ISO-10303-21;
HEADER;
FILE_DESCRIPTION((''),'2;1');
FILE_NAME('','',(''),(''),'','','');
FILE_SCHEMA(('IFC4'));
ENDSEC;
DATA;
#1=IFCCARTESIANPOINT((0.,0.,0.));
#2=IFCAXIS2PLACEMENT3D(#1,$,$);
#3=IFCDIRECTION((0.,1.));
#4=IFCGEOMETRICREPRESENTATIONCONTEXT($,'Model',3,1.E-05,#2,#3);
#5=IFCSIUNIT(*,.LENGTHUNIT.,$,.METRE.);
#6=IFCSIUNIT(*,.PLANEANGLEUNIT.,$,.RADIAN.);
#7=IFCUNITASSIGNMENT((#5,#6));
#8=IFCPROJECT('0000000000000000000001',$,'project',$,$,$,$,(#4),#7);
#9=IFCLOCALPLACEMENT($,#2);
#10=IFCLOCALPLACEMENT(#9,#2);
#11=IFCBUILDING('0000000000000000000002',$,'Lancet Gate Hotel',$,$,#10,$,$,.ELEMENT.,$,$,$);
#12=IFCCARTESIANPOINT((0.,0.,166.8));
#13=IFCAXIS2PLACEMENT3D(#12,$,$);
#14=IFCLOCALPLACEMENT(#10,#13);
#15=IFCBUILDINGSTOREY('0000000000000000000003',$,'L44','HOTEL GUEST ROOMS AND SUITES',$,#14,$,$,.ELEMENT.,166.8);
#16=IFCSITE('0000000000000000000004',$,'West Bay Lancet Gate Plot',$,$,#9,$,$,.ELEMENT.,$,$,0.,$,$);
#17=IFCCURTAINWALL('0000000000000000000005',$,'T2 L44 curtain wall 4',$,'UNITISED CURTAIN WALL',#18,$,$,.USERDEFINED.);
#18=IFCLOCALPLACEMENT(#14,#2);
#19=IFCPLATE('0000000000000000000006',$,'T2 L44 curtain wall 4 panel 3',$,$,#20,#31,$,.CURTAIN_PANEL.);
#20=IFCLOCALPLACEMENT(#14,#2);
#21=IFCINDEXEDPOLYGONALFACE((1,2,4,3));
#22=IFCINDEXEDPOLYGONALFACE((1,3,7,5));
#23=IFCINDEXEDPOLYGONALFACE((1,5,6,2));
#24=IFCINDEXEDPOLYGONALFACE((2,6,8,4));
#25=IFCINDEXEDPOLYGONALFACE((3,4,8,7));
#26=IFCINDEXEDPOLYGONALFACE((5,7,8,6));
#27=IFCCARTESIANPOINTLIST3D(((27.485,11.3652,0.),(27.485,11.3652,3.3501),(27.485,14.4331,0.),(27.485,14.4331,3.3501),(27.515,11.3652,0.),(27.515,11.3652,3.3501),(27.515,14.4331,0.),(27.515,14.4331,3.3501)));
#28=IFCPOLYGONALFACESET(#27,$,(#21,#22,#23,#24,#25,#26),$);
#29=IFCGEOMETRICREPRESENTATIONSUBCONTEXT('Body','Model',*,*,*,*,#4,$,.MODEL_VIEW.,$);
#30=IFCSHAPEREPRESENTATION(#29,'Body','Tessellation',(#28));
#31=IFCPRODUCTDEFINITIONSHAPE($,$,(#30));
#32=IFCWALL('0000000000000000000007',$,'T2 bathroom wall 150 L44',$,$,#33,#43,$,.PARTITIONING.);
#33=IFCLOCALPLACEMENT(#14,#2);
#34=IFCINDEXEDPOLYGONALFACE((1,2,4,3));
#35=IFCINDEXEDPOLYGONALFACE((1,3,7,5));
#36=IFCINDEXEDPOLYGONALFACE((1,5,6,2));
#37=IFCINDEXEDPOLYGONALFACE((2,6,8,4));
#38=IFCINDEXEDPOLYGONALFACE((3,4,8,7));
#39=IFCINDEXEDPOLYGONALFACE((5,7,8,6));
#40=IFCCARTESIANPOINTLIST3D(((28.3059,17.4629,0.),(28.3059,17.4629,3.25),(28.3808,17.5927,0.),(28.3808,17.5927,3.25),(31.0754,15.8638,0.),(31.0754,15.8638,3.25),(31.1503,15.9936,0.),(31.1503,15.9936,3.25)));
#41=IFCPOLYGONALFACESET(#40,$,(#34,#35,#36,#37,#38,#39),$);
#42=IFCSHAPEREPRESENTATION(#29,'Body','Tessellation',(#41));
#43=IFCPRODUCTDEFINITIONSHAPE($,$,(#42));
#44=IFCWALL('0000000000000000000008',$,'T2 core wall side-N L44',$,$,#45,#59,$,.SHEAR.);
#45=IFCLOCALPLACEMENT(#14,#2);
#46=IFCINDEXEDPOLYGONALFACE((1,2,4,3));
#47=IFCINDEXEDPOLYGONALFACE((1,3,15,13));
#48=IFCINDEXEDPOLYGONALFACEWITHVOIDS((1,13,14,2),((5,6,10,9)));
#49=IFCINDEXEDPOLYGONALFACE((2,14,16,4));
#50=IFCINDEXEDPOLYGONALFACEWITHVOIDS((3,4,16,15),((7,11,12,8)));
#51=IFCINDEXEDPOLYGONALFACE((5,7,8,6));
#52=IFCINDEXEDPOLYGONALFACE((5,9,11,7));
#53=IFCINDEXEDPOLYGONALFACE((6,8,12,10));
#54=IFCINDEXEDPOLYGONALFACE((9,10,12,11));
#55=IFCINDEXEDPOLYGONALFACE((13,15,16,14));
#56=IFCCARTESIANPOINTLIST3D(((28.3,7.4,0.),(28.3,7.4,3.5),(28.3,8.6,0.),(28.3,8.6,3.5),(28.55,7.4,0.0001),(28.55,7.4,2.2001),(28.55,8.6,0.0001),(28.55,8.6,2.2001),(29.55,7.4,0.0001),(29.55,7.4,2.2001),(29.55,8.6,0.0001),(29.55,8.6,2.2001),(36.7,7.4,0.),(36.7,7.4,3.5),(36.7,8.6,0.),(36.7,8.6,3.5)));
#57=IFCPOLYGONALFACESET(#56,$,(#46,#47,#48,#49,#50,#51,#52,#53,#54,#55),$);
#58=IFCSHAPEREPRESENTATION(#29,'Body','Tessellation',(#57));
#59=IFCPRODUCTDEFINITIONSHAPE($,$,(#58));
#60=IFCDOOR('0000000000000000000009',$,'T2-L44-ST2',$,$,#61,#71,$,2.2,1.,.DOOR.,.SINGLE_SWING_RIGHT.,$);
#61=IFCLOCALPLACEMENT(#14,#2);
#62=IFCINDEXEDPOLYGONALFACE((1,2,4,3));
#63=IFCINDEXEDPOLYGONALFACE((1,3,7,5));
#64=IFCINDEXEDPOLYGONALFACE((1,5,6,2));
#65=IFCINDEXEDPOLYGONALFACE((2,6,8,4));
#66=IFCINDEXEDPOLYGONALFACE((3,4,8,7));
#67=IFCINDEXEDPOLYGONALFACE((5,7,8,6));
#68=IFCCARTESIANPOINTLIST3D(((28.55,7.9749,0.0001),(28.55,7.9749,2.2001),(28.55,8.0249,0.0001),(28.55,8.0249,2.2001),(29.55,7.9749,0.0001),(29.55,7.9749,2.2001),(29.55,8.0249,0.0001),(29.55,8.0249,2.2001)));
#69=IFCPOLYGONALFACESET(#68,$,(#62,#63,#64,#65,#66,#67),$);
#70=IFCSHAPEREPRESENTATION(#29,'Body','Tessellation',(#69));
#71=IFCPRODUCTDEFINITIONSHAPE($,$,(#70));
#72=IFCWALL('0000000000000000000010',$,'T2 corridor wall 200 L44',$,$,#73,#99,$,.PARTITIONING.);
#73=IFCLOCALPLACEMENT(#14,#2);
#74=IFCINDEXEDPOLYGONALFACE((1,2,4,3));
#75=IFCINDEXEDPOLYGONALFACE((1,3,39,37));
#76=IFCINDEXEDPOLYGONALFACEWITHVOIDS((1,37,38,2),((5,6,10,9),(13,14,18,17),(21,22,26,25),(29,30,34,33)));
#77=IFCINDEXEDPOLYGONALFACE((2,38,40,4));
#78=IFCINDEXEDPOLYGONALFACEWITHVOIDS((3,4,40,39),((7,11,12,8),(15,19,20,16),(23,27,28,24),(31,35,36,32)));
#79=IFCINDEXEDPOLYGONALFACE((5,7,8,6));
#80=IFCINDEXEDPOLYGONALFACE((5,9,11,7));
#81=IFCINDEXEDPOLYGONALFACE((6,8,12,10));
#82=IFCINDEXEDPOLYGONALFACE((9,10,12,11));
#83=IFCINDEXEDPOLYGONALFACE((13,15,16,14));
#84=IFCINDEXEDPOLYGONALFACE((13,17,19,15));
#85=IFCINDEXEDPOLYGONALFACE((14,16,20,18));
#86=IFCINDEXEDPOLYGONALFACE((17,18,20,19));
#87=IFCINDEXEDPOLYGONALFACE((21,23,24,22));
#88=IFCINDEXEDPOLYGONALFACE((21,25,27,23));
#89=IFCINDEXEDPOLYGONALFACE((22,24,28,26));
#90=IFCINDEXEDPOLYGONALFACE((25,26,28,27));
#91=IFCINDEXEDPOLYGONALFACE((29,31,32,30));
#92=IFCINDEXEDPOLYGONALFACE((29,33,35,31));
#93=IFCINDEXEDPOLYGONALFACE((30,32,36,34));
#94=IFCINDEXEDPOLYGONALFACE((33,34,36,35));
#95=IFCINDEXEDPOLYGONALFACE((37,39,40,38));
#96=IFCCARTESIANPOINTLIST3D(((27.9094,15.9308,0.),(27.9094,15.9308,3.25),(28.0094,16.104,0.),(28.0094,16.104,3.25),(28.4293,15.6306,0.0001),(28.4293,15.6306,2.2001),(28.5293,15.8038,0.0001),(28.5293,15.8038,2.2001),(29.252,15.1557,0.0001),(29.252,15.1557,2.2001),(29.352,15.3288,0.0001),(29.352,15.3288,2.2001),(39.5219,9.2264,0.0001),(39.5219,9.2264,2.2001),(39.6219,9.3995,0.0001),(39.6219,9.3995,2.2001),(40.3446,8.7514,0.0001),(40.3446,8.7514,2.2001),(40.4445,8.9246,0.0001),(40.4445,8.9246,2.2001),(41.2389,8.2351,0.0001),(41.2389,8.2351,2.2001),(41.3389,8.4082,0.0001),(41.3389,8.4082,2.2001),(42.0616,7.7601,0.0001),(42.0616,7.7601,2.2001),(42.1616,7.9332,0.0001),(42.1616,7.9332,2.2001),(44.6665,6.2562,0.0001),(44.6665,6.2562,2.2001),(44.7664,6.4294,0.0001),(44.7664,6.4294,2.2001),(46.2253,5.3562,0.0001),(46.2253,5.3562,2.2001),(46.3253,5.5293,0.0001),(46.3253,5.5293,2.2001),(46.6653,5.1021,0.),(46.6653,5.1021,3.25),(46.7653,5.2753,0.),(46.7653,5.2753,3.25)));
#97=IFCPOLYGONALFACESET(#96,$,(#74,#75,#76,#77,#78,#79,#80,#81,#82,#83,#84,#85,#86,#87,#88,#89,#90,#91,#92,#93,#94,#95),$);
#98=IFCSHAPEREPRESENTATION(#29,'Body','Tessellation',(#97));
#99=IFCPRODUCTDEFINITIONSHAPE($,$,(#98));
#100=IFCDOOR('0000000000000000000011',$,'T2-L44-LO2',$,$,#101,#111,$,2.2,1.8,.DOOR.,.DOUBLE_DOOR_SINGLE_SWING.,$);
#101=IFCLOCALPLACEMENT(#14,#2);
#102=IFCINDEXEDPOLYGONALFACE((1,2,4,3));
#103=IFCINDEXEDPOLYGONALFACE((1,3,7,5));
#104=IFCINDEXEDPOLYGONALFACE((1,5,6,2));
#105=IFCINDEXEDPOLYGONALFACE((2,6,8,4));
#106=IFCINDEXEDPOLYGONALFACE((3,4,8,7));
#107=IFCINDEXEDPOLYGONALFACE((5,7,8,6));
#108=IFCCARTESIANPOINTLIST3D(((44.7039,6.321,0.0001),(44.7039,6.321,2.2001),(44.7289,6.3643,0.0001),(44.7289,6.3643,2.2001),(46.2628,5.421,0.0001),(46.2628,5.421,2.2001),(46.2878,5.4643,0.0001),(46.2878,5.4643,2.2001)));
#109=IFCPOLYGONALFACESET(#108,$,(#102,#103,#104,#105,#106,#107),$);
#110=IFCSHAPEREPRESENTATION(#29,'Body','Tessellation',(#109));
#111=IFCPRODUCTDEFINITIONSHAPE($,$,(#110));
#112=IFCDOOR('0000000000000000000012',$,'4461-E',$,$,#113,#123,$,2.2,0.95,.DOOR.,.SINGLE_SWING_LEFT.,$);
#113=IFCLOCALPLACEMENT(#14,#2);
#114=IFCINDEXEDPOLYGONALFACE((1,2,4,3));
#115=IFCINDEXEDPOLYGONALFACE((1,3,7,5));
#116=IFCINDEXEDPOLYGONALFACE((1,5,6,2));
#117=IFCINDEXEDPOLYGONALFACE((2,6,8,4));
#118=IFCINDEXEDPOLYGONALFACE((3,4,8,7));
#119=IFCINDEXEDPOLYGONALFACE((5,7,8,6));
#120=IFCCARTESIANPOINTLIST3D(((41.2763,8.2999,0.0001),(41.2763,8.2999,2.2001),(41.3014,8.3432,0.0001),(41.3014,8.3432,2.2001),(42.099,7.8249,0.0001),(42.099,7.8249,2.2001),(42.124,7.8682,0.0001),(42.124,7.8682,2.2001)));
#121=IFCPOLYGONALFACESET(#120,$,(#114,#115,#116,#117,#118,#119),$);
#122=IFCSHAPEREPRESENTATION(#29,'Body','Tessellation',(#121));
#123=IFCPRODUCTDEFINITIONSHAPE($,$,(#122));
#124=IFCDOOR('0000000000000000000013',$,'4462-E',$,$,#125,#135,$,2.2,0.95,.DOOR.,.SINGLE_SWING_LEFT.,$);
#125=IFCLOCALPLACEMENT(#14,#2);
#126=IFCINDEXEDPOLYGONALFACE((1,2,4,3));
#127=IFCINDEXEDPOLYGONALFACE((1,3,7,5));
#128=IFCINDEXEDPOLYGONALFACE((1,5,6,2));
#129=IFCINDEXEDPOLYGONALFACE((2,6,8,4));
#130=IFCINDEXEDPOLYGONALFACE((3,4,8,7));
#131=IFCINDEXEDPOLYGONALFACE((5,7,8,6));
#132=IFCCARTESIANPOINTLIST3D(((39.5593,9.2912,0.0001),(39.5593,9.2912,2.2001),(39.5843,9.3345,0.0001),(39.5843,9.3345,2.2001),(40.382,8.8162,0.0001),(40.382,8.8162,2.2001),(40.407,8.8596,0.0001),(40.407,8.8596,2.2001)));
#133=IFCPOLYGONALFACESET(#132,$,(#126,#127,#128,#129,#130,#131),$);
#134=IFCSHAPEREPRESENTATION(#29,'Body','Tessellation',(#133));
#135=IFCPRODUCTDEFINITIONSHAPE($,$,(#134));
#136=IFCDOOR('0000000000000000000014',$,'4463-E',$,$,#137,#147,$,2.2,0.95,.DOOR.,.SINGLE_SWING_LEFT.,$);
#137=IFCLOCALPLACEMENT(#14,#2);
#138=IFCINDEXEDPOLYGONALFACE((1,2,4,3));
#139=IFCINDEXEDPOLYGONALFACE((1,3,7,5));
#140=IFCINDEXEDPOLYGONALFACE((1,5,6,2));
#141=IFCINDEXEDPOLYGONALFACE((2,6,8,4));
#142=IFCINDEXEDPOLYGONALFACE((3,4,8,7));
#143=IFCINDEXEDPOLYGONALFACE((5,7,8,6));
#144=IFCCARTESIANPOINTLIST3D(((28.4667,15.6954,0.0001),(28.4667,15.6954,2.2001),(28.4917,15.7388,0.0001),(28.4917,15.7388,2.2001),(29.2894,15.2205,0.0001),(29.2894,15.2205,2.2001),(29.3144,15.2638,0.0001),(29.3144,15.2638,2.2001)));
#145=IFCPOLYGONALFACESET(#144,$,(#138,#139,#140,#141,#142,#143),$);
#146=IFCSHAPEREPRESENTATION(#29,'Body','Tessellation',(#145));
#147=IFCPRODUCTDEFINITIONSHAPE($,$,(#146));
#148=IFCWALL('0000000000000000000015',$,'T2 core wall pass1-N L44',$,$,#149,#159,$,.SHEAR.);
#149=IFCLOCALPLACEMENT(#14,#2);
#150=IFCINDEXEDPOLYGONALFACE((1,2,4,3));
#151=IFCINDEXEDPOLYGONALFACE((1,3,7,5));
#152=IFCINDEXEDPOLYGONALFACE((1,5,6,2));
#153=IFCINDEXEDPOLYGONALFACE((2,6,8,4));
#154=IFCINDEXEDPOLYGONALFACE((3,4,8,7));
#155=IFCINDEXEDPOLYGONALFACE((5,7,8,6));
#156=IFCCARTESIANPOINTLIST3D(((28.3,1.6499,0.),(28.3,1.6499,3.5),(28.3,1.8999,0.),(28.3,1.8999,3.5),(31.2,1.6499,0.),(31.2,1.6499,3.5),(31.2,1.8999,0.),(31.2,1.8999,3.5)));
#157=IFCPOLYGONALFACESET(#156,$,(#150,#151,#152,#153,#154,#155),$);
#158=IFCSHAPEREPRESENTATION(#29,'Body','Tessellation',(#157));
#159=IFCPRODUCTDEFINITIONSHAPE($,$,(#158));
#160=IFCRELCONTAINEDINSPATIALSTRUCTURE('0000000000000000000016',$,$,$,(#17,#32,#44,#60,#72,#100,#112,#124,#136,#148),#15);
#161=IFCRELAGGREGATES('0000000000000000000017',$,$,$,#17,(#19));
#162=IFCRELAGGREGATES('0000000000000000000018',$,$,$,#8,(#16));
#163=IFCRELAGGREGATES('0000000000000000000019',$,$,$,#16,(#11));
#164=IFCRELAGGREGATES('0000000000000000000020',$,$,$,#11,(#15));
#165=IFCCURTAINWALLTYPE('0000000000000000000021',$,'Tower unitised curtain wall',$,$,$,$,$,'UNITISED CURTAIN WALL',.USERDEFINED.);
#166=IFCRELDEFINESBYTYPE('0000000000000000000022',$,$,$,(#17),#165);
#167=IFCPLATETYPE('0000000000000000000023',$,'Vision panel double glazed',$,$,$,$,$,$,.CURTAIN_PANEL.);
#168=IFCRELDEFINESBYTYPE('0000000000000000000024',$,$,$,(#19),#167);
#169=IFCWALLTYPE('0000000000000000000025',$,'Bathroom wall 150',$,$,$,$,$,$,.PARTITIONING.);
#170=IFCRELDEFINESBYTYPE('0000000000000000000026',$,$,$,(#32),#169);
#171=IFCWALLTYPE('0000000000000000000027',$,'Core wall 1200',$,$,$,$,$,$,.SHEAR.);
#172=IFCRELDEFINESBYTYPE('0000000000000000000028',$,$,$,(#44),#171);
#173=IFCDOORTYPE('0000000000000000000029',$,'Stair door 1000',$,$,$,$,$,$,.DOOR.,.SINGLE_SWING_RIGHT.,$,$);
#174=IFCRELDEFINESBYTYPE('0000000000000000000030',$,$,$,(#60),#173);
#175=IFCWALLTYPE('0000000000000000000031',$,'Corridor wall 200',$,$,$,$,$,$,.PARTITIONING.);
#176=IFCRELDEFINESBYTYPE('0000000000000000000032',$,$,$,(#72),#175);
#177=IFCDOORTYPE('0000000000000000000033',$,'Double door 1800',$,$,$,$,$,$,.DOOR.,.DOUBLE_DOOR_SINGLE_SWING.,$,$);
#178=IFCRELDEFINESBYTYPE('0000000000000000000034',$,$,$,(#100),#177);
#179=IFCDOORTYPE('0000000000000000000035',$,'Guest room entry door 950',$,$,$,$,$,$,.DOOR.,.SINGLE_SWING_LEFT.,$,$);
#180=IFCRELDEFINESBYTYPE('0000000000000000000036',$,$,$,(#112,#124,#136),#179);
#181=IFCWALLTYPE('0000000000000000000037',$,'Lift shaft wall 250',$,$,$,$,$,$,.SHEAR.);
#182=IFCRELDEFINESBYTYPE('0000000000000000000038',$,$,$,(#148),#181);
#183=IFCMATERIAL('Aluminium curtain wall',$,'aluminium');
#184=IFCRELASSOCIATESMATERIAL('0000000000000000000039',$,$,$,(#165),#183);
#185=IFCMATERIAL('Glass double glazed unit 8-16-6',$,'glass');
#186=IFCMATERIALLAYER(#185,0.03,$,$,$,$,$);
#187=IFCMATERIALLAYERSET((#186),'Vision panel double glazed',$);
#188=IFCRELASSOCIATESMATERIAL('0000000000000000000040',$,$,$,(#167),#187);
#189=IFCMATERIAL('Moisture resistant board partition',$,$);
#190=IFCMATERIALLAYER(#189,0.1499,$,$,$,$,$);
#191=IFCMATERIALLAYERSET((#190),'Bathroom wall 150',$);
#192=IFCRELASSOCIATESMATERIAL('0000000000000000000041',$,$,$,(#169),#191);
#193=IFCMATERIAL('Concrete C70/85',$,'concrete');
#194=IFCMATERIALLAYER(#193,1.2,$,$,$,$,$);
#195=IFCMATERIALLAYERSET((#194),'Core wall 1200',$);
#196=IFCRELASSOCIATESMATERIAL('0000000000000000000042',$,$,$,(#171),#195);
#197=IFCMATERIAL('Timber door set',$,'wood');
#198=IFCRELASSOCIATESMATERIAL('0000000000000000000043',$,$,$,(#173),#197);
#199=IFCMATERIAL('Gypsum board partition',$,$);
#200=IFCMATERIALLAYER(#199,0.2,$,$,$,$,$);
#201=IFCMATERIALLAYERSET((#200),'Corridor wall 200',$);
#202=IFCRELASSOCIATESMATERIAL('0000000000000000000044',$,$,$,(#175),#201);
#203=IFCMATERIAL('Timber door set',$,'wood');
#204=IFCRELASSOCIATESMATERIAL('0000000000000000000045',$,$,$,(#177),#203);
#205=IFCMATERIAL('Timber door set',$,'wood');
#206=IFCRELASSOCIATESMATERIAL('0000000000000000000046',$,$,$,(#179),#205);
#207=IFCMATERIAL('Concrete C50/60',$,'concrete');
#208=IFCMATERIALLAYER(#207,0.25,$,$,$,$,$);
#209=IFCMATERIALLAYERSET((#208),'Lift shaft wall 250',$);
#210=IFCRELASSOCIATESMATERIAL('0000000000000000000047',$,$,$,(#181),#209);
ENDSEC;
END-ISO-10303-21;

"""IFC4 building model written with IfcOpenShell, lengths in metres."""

from ifc_helpers import new_model, si_unit, direction, frame, frame_2d, origin, origin_2d, place, context, subcontext, project, spatial, rectangle, extrude, material, layer, layer_set, type_object, element, fill, aggregate, save


model = new_model("IFC4")

# Units and contexts
model_context = context("Model", 3, precision=1e-05, world=origin(), true_north=direction((0.0, 1.0)))
body_context = subcontext(model_context, "Body", "Model", "MODEL_VIEW")
ifc_project = project(units=[si_unit("LENGTHUNIT", "METRE"), si_unit("PLANEANGLEUNIT", "RADIAN")], contexts=[model_context])

# Site, building, storey
site_placement = place(None, origin())
site = spatial("IfcSite", under=ifc_project, at=site_placement, Name="West Bay Lancet Gate Plot", CompositionType="ELEMENT", RefElevation=0.0)
building_placement = place(site_placement, origin())
building = spatial("IfcBuilding", under=site, at=building_placement, Name="Lancet Gate Hotel", CompositionType="ELEMENT")
storey_placement = place(building_placement, frame((0.0, 0.0, 166.8)))
storey = spatial("IfcBuildingStorey", under=building, at=storey_placement, Name="L44", Description="HOTEL GUEST ROOMS AND SUITES", CompositionType="ELEMENT", Elevation=166.8)

# Curtain wall
ifc_material_1 = material(Name="Aluminium curtain wall", Category="aluminium")
curtain_wall_type = type_object("IfcCurtainWallType", Name="Tower unitised curtain wall", ElementType="UNITISED CURTAIN WALL", PredefinedType="USERDEFINED", material=ifc_material_1)
curtain_wall_placement = place(storey_placement, origin())
curtain_wall = element("IfcCurtainWall", 1, at=curtain_wall_placement, inside=storey, type_object=curtain_wall_type, Name="T2 L44 curtain wall 4", ObjectType="UNITISED CURTAIN WALL", PredefinedType="USERDEFINED")

# Plate
ifc_material_2 = material(Name="Glass double glazed unit 8-16-6", Category="glass")
ifc_layer_1 = layer(ifc_material_2, 0.03)
ifc_layer_set_1 = layer_set([ifc_layer_1], Name="Vision panel double glazed")
plate_type = type_object("IfcPlateType", Name="Vision panel double glazed", PredefinedType="CURTAIN_PANEL", material=ifc_layer_set_1)
plate_1_placement = place(storey_placement, frame((27.5, 12.8992, 0.0), z_axis=(0.0, 0.0, 1.0), x_axis=(0.0, -1.0, 0.0)))
plate_1 = element("IfcPlate", 2, at=plate_1_placement, type_object=plate_type, Name="T2 L44 curtain wall 4 panel 3", PredefinedType="CURTAIN_PANEL", context=body_context, shape_type="SweptSolid", body=[
    extrude(rectangle(XDim=3.0679, YDim=0.03, at=origin_2d()), origin(), (0.0, 0.0, 1.0), 3.3501),
])
aggregate(curtain_wall, [plate_1])

# Wall
ifc_material_3 = material(Name="Moisture resistant board partition")
ifc_layer_2 = layer(ifc_material_3, 0.1499)
ifc_layer_set_2 = layer_set([ifc_layer_2], Name="Bathroom wall 150")
wall_type_1 = type_object("IfcWallType", Name="Bathroom wall 150", PredefinedType="PARTITIONING", material=ifc_layer_set_2)
wall_1_placement = place(storey_placement, frame((28.3433, 17.5278, 0.0), z_axis=(0.0, 0.0, 1.0), x_axis=(0.866008, -0.500031, 0.0)))
element("IfcWall", 3, at=wall_1_placement, inside=storey, type_object=wall_type_1, Name="T2 bathroom wall 150 L44", PredefinedType="PARTITIONING", context=body_context, shape_type="SweptSolid", body=[
    extrude(rectangle(XDim=3.198, YDim=0.1499, at=frame_2d((1.5991, 0.0))), origin(), (0.0, 0.0, 1.0), 3.25),
])

# Wall, opening, door
ifc_material_4 = material(Name="Concrete C70/85", Category="concrete")
ifc_layer_3 = layer(ifc_material_4, 1.2)
ifc_layer_set_3 = layer_set([ifc_layer_3], Name="Core wall 1200")
wall_type_2 = type_object("IfcWallType", Name="Core wall 1200", PredefinedType="SHEAR", material=ifc_layer_set_3)
wall_2_placement = place(storey_placement, frame((28.3, 8.0, 0.0), z_axis=(0.0, 0.0, 1.0), x_axis=(1.0, 0.0, 0.0)))
wall_2 = element("IfcWall", 4, at=wall_2_placement, inside=storey, type_object=wall_type_2, Name="T2 core wall side-N L44", PredefinedType="SHEAR", context=body_context, shape_type="SweptSolid", body=[
    extrude(rectangle(XDim=8.3999, YDim=1.2, at=frame_2d((4.2, 0.0))), origin(), (0.0, 0.0, 1.0), 3.5),
])
opening_1_placement = place(wall_2_placement, frame((0.25, 0.0, 0.0)))
opening_1 = element("IfcOpeningElement", 5, at=opening_1_placement, cuts=wall_2, PredefinedType="OPENING", context=body_context, shape_type="SweptSolid", body=[
    extrude(rectangle(XDim=1.0, YDim=2.2, at=frame_2d((0.5, 1.1001))), frame((0.0, 0.6099, 0.0), z_axis=(0.0, -1.0, 0.0), x_axis=(1.0, 0.0, 0.0)), (0.0, 0.0, 1.0), 1.22),
])
ifc_material_5 = material(Name="Timber door set", Category="wood")
door_type_1 = type_object("IfcDoorType", Name="Stair door 1000", OperationType="SINGLE_SWING_RIGHT", PredefinedType="DOOR", material=ifc_material_5)
door_1_placement = place(opening_1_placement, origin())
door_1 = element("IfcDoor", 6, at=door_1_placement, inside=storey, type_object=door_type_1, Name="T2-L44-ST2", OperationType="SINGLE_SWING_RIGHT", OverallHeight=2.2, OverallWidth=1.0, PredefinedType="DOOR", context=body_context, shape_type="SweptSolid", body=[
    extrude(rectangle(XDim=1.0, YDim=2.2, at=frame_2d((0.5, 1.1001))), frame((0.0, 0.0249, 0.0), z_axis=(0.0, -1.0, 0.0), x_axis=(1.0, 0.0, 0.0)), (0.0, 0.0, 1.0), 0.05),
])
fill(opening_1, door_1)

# Wall, openings, doors
ifc_material_6 = material(Name="Gypsum board partition")
ifc_layer_4 = layer(ifc_material_6, 0.2)
ifc_layer_set_4 = layer_set([ifc_layer_4], Name="Corridor wall 200")
wall_type_3 = type_object("IfcWallType", Name="Corridor wall 200", PredefinedType="PARTITIONING", material=ifc_layer_set_4)
wall_3_placement = place(storey_placement, frame((27.9595, 16.0173, 0.0), z_axis=(0.0, 0.0, 1.0), x_axis=(0.866027, -0.499997, 0.0)))
wall_3 = element("IfcWall", 7, at=wall_3_placement, inside=storey, type_object=wall_type_3, Name="T2 corridor wall 200 L44", PredefinedType="PARTITIONING", context=body_context, shape_type="SweptSolid", body=[
    extrude(rectangle(XDim=21.6575, YDim=0.2, at=frame_2d((10.8286, 0.0))), origin(), (0.0, 0.0, 1.0), 3.25),
])
opening_2_placement = place(wall_3_placement, frame((15.3914, 0.0, 0.0)))
opening_2 = element("IfcOpeningElement", 8, at=opening_2_placement, cuts=wall_3, PredefinedType="OPENING", context=body_context, shape_type="SweptSolid", body=[
    extrude(rectangle(XDim=0.95, YDim=2.2, at=frame_2d((0.4751, 1.1001))), frame((0.0, 0.1099, 0.0), z_axis=(0.0, -1.0, 0.0), x_axis=(1.0, 0.0, 0.0)), (0.0, 0.0, 1.0), 0.22),
])
opening_3_placement = place(wall_3_placement, frame((13.4087, 0.0, 0.0)))
opening_3 = element("IfcOpeningElement", 9, at=opening_3_placement, cuts=wall_3, PredefinedType="OPENING", context=body_context, shape_type="SweptSolid", body=[
    extrude(rectangle(XDim=0.95, YDim=2.2, at=frame_2d((0.4751, 1.1001))), frame((0.0, 0.1099, 0.0), z_axis=(0.0, -1.0, 0.0), x_axis=(1.0, 0.0, 0.0)), (0.0, 0.0, 1.0), 0.22),
])
opening_4_placement = place(wall_3_placement, frame((0.6001, 0.0, 0.0)))
opening_4 = element("IfcOpeningElement", 10, at=opening_4_placement, cuts=wall_3, PredefinedType="OPENING", context=body_context, shape_type="SweptSolid", body=[
    extrude(rectangle(XDim=0.95, YDim=2.2, at=frame_2d((0.4751, 1.1001))), frame((0.0, 0.1099, 0.0), z_axis=(0.0, -1.0, 0.0), x_axis=(1.0, 0.0, 0.0)), (0.0, 0.0, 1.0), 0.22),
])
opening_5_placement = place(wall_3_placement, frame((19.3494, 0.0, 0.0)))
opening_5 = element("IfcOpeningElement", 11, at=opening_5_placement, cuts=wall_3, PredefinedType="OPENING", context=body_context, shape_type="SweptSolid", body=[
    extrude(rectangle(XDim=1.8, YDim=2.2, at=frame_2d((0.8999, 1.1001))), frame((0.0, 0.1099, 0.0), z_axis=(0.0, -1.0, 0.0), x_axis=(1.0, 0.0, 0.0)), (0.0, 0.0, 1.0), 0.22),
])
ifc_material_7 = material(Name="Timber door set", Category="wood")
door_type_2 = type_object("IfcDoorType", Name="Double door 1800", OperationType="DOUBLE_DOOR_SINGLE_SWING", PredefinedType="DOOR", material=ifc_material_7)
door_2_placement = place(opening_5_placement, origin())
door_2 = element("IfcDoor", 12, at=door_2_placement, inside=storey, type_object=door_type_2, Name="T2-L44-LO2", OperationType="DOUBLE_DOOR_SINGLE_SWING", OverallHeight=2.2, OverallWidth=1.8, PredefinedType="DOOR", context=body_context, shape_type="SweptSolid", body=[
    extrude(rectangle(XDim=1.8, YDim=2.2, at=frame_2d((0.8999, 1.1001))), frame((0.0, 0.0249, 0.0), z_axis=(0.0, -1.0, 0.0), x_axis=(1.0, 0.0, 0.0)), (0.0, 0.0, 1.0), 0.05),
])
fill(opening_5, door_2)
ifc_material_8 = material(Name="Timber door set", Category="wood")
door_type_3 = type_object("IfcDoorType", Name="Guest room entry door 950", OperationType="SINGLE_SWING_LEFT", PredefinedType="DOOR", material=ifc_material_8)
door_3_placement = place(opening_2_placement, origin())
door_3 = element("IfcDoor", 13, at=door_3_placement, inside=storey, type_object=door_type_3, Name="4461-E", OperationType="SINGLE_SWING_LEFT", OverallHeight=2.2, OverallWidth=0.95, PredefinedType="DOOR", context=body_context, shape_type="SweptSolid", body=[
    extrude(rectangle(XDim=0.95, YDim=2.2, at=frame_2d((0.4751, 1.1001))), frame((0.0, 0.0249, 0.0), z_axis=(0.0, -1.0, 0.0), x_axis=(1.0, 0.0, 0.0)), (0.0, 0.0, 1.0), 0.05),
])
fill(opening_2, door_3)
door_4_placement = place(opening_3_placement, origin())
door_4 = element("IfcDoor", 14, at=door_4_placement, inside=storey, type_object=door_type_3, Name="4462-E", OperationType="SINGLE_SWING_LEFT", OverallHeight=2.2, OverallWidth=0.95, PredefinedType="DOOR", context=body_context, shape_type="SweptSolid", body=[
    extrude(rectangle(XDim=0.95, YDim=2.2, at=frame_2d((0.4751, 1.1001))), frame((0.0, 0.0249, 0.0), z_axis=(0.0, -1.0, 0.0), x_axis=(1.0, 0.0, 0.0)), (0.0, 0.0, 1.0), 0.05),
])
fill(opening_3, door_4)
door_5_placement = place(opening_4_placement, origin())
door_5 = element("IfcDoor", 15, at=door_5_placement, inside=storey, type_object=door_type_3, Name="4463-E", OperationType="SINGLE_SWING_LEFT", OverallHeight=2.2, OverallWidth=0.95, PredefinedType="DOOR", context=body_context, shape_type="SweptSolid", body=[
    extrude(rectangle(XDim=0.95, YDim=2.2, at=frame_2d((0.4751, 1.1001))), frame((0.0, 0.0249, 0.0), z_axis=(0.0, -1.0, 0.0), x_axis=(1.0, 0.0, 0.0)), (0.0, 0.0, 1.0), 0.05),
])
fill(opening_4, door_5)

# Wall
ifc_material_9 = material(Name="Concrete C50/60", Category="concrete")
ifc_layer_5 = layer(ifc_material_9, 0.25)
ifc_layer_set_5 = layer_set([ifc_layer_5], Name="Lift shaft wall 250")
wall_type_4 = type_object("IfcWallType", Name="Lift shaft wall 250", PredefinedType="SHEAR", material=ifc_layer_set_5)
wall_4_placement = place(storey_placement, frame((28.3, 1.7749, 0.0), z_axis=(0.0, 0.0, 1.0), x_axis=(1.0, 0.0, 0.0)))
element("IfcWall", 16, at=wall_4_placement, inside=storey, type_object=wall_type_4, Name="T2 core wall pass1-N L44", PredefinedType="SHEAR", context=body_context, shape_type="SweptSolid", body=[
    extrude(rectangle(XDim=2.8999, YDim=0.25, at=frame_2d((1.45, 0.0))), origin(), (0.0, 0.0, 1.0), 3.5),
])

save(model, "model.ifc")
